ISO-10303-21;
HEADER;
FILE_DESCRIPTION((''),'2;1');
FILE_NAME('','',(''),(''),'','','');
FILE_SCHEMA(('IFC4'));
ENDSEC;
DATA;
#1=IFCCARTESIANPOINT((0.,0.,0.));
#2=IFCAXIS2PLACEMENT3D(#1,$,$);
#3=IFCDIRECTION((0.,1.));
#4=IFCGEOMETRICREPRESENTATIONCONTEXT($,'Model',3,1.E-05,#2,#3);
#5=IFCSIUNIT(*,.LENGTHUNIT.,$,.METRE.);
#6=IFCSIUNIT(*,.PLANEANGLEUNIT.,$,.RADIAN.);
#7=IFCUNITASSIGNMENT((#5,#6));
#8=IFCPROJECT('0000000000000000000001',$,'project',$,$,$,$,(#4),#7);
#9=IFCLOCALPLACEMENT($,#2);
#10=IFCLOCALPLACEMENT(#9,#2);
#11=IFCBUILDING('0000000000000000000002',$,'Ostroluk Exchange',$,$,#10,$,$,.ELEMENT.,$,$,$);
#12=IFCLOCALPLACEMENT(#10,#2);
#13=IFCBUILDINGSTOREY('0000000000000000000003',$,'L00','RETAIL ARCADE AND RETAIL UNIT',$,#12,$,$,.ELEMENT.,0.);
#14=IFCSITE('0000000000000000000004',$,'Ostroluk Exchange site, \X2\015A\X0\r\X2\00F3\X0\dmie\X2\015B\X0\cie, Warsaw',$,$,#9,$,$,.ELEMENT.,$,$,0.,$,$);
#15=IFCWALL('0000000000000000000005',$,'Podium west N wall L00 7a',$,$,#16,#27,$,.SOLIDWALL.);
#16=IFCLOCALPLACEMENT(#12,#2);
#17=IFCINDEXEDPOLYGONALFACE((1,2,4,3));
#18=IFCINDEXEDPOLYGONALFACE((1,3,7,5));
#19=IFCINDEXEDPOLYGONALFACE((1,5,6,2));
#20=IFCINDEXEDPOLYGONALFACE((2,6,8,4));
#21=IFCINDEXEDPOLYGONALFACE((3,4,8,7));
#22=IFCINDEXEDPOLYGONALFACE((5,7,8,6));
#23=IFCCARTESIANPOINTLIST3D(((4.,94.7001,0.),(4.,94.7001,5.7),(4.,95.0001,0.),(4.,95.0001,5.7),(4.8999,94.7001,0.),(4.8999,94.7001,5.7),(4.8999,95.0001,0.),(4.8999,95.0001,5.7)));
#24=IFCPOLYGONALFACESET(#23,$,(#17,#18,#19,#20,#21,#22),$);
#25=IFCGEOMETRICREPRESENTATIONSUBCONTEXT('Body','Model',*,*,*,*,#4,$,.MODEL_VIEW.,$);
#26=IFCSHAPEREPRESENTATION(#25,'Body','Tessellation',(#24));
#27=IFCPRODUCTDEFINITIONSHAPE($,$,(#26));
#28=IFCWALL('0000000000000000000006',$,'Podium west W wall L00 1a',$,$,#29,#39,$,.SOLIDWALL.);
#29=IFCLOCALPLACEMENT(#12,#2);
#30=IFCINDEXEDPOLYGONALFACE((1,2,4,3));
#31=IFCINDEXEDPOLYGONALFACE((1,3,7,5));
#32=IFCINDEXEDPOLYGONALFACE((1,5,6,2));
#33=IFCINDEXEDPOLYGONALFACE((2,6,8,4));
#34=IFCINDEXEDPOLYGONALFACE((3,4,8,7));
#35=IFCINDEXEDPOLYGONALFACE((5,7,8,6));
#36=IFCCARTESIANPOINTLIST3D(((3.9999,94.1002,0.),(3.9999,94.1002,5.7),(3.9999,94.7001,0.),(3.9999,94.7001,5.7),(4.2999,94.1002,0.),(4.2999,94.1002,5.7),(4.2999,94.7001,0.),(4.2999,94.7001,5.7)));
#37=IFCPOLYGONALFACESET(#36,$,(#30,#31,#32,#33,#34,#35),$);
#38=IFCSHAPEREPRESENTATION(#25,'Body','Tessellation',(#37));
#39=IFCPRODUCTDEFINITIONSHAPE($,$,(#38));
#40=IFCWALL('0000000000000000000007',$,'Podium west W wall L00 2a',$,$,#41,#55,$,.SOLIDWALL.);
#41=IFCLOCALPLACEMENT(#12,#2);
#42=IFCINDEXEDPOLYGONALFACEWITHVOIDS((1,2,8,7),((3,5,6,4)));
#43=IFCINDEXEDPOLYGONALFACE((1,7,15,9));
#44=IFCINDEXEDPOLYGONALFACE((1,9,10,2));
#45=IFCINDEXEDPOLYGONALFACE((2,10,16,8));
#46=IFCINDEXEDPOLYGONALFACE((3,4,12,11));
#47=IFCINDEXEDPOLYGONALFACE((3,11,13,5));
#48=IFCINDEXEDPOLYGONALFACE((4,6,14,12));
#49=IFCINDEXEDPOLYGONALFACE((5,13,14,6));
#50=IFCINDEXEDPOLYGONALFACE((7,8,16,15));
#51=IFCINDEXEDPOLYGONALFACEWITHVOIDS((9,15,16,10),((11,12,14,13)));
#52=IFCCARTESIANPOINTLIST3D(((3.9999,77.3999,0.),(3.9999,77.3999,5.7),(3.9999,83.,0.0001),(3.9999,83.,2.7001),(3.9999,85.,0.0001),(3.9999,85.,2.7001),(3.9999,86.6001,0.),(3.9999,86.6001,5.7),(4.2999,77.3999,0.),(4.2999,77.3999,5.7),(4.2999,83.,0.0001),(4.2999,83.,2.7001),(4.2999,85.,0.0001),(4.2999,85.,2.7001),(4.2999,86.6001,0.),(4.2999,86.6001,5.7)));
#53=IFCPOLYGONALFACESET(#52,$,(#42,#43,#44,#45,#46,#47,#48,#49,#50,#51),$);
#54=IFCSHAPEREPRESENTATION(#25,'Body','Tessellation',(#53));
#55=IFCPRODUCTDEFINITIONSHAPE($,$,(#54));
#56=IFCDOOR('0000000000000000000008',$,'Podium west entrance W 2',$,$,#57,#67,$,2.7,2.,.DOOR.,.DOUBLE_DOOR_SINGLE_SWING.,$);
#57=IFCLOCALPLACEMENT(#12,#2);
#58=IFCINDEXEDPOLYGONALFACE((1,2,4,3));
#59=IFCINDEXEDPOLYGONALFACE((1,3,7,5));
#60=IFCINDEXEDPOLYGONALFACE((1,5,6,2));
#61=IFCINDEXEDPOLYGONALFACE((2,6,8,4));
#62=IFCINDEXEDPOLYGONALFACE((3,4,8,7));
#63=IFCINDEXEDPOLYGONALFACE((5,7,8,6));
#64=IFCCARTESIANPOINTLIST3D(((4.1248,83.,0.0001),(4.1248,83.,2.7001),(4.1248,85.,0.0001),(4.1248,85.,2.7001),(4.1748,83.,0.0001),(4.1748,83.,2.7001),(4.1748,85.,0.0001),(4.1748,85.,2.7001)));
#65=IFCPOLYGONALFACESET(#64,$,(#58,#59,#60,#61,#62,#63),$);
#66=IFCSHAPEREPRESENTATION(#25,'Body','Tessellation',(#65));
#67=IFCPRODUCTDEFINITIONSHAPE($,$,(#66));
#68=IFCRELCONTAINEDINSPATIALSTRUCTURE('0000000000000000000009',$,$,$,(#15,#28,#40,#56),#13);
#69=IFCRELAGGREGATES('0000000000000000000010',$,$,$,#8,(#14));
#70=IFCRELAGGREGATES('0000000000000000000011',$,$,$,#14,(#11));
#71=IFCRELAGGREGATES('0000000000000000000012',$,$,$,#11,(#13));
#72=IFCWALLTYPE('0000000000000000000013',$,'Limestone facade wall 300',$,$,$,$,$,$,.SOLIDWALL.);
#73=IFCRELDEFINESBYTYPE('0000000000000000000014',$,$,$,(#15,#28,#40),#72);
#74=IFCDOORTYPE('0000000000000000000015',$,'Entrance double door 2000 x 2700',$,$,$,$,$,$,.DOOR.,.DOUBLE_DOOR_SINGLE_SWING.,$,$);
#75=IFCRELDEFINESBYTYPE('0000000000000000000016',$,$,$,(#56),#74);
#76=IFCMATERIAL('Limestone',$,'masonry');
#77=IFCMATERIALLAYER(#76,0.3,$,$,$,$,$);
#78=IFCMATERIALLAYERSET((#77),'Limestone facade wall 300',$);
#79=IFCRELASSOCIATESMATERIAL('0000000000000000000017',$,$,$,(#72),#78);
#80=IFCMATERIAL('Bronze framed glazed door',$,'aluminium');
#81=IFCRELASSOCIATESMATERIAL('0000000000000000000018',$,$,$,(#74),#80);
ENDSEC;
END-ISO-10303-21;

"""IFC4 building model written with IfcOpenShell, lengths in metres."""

from ifc_helpers import new_model, si_unit, direction, frame, frame_2d, origin, place, context, subcontext, project, spatial, rectangle, extrude, material, layer, layer_set, type_object, element, fill, save


model = new_model("IFC4")

# Units and contexts
model_context = context("Model", 3, precision=1e-05, world=origin(), true_north=direction((0.0, 1.0)))
body_context = subcontext(model_context, "Body", "Model", "MODEL_VIEW")
ifc_project = project(units=[si_unit("LENGTHUNIT", "METRE"), si_unit("PLANEANGLEUNIT", "RADIAN")], contexts=[model_context])

# Site, building, storey
site_placement = place(None, origin())
site = spatial("IfcSite", under=ifc_project, at=site_placement, Name="Ostroluk Exchange site, Śródmieście, Warsaw", CompositionType="ELEMENT", RefElevation=0.0)
building_placement = place(site_placement, origin())
building = spatial("IfcBuilding", under=site, at=building_placement, Name="Ostroluk Exchange", CompositionType="ELEMENT")
storey_placement = place(building_placement, origin())
storey = spatial("IfcBuildingStorey", under=building, at=storey_placement, Name="L00", Description="RETAIL ARCADE AND RETAIL UNIT", CompositionType="ELEMENT", Elevation=0.0)

# Walls
ifc_material_1 = material(Name="Limestone", Category="masonry")
ifc_layer_1 = layer(ifc_material_1, 0.3)
ifc_layer_set_1 = layer_set([ifc_layer_1], Name="Limestone facade wall 300")
wall_type = type_object("IfcWallType", Name="Limestone facade wall 300", PredefinedType="SOLIDWALL", material=ifc_layer_set_1)
wall_1_placement = place(storey_placement, frame((4.8999, 94.8501, 0.0), z_axis=(0.0, 0.0, 1.0), x_axis=(-1.0, 0.0, 0.0)))
element("IfcWall", 1, at=wall_1_placement, inside=storey, type_object=wall_type, Name="Podium west N wall L00 7a", PredefinedType="SOLIDWALL", context=body_context, shape_type="SweptSolid", body=[
    extrude(rectangle(XDim=0.8999, YDim=0.3, at=frame_2d((0.45, 0.0))), origin(), (0.0, 0.0, 1.0), 5.7),
])
wall_2_placement = place(storey_placement, frame((4.1499, 94.7, 0.0), z_axis=(0.0, 0.0, 1.0), x_axis=(0.0, -1.0, 0.0)))
element("IfcWall", 2, at=wall_2_placement, inside=storey, type_object=wall_type, Name="Podium west W wall L00 1a", PredefinedType="SOLIDWALL", context=body_context, shape_type="SweptSolid", body=[
    extrude(rectangle(XDim=0.5999, YDim=0.3, at=frame_2d((0.2998, 0.0))), origin(), (0.0, 0.0, 1.0), 5.7),
])

# Wall, opening, door
wall_3_placement = place(storey_placement, frame((4.1499, 86.6001, 0.0), z_axis=(0.0, 0.0, 1.0), x_axis=(0.0, -1.0, 0.0)))
wall_3 = element("IfcWall", 3, at=wall_3_placement, inside=storey, type_object=wall_type, Name="Podium west W wall L00 2a", PredefinedType="SOLIDWALL", context=body_context, shape_type="SweptSolid", body=[
    extrude(rectangle(XDim=9.2002, YDim=0.3, at=frame_2d((4.6001, 0.0))), origin(), (0.0, 0.0, 1.0), 5.7),
])
opening_placement = place(wall_3_placement, frame((1.6001, 0.0, 0.0)))
opening = element("IfcOpeningElement", 4, at=opening_placement, cuts=wall_3, PredefinedType="OPENING", context=body_context, shape_type="SweptSolid", body=[
    extrude(rectangle(XDim=2.0, YDim=2.7, at=frame_2d((1.0, 1.3501))), frame((0.0, 0.1599, 0.0), z_axis=(0.0, -1.0, 0.0), x_axis=(1.0, 0.0, 0.0)), (0.0, 0.0, 1.0), 0.3201),
])
ifc_material_2 = material(Name="Bronze framed glazed door", Category="aluminium")
door_type = type_object("IfcDoorType", Name="Entrance double door 2000 x 2700", OperationType="DOUBLE_DOOR_SINGLE_SWING", PredefinedType="DOOR", material=ifc_material_2)
door_placement = place(opening_placement, origin())
door = element("IfcDoor", 5, at=door_placement, inside=storey, type_object=door_type, Name="Podium west entrance W 2", OperationType="DOUBLE_DOOR_SINGLE_SWING", OverallHeight=2.7, OverallWidth=2.0, PredefinedType="DOOR", context=body_context, shape_type="SweptSolid", body=[
    extrude(rectangle(XDim=2.0, YDim=2.7, at=frame_2d((1.0, 1.3501))), frame((0.0, 0.0249, 0.0), z_axis=(0.0, -1.0, 0.0), x_axis=(1.0, 0.0, 0.0)), (0.0, 0.0, 1.0), 0.05),
])
fill(opening, door)

save(model, "model.ifc")
